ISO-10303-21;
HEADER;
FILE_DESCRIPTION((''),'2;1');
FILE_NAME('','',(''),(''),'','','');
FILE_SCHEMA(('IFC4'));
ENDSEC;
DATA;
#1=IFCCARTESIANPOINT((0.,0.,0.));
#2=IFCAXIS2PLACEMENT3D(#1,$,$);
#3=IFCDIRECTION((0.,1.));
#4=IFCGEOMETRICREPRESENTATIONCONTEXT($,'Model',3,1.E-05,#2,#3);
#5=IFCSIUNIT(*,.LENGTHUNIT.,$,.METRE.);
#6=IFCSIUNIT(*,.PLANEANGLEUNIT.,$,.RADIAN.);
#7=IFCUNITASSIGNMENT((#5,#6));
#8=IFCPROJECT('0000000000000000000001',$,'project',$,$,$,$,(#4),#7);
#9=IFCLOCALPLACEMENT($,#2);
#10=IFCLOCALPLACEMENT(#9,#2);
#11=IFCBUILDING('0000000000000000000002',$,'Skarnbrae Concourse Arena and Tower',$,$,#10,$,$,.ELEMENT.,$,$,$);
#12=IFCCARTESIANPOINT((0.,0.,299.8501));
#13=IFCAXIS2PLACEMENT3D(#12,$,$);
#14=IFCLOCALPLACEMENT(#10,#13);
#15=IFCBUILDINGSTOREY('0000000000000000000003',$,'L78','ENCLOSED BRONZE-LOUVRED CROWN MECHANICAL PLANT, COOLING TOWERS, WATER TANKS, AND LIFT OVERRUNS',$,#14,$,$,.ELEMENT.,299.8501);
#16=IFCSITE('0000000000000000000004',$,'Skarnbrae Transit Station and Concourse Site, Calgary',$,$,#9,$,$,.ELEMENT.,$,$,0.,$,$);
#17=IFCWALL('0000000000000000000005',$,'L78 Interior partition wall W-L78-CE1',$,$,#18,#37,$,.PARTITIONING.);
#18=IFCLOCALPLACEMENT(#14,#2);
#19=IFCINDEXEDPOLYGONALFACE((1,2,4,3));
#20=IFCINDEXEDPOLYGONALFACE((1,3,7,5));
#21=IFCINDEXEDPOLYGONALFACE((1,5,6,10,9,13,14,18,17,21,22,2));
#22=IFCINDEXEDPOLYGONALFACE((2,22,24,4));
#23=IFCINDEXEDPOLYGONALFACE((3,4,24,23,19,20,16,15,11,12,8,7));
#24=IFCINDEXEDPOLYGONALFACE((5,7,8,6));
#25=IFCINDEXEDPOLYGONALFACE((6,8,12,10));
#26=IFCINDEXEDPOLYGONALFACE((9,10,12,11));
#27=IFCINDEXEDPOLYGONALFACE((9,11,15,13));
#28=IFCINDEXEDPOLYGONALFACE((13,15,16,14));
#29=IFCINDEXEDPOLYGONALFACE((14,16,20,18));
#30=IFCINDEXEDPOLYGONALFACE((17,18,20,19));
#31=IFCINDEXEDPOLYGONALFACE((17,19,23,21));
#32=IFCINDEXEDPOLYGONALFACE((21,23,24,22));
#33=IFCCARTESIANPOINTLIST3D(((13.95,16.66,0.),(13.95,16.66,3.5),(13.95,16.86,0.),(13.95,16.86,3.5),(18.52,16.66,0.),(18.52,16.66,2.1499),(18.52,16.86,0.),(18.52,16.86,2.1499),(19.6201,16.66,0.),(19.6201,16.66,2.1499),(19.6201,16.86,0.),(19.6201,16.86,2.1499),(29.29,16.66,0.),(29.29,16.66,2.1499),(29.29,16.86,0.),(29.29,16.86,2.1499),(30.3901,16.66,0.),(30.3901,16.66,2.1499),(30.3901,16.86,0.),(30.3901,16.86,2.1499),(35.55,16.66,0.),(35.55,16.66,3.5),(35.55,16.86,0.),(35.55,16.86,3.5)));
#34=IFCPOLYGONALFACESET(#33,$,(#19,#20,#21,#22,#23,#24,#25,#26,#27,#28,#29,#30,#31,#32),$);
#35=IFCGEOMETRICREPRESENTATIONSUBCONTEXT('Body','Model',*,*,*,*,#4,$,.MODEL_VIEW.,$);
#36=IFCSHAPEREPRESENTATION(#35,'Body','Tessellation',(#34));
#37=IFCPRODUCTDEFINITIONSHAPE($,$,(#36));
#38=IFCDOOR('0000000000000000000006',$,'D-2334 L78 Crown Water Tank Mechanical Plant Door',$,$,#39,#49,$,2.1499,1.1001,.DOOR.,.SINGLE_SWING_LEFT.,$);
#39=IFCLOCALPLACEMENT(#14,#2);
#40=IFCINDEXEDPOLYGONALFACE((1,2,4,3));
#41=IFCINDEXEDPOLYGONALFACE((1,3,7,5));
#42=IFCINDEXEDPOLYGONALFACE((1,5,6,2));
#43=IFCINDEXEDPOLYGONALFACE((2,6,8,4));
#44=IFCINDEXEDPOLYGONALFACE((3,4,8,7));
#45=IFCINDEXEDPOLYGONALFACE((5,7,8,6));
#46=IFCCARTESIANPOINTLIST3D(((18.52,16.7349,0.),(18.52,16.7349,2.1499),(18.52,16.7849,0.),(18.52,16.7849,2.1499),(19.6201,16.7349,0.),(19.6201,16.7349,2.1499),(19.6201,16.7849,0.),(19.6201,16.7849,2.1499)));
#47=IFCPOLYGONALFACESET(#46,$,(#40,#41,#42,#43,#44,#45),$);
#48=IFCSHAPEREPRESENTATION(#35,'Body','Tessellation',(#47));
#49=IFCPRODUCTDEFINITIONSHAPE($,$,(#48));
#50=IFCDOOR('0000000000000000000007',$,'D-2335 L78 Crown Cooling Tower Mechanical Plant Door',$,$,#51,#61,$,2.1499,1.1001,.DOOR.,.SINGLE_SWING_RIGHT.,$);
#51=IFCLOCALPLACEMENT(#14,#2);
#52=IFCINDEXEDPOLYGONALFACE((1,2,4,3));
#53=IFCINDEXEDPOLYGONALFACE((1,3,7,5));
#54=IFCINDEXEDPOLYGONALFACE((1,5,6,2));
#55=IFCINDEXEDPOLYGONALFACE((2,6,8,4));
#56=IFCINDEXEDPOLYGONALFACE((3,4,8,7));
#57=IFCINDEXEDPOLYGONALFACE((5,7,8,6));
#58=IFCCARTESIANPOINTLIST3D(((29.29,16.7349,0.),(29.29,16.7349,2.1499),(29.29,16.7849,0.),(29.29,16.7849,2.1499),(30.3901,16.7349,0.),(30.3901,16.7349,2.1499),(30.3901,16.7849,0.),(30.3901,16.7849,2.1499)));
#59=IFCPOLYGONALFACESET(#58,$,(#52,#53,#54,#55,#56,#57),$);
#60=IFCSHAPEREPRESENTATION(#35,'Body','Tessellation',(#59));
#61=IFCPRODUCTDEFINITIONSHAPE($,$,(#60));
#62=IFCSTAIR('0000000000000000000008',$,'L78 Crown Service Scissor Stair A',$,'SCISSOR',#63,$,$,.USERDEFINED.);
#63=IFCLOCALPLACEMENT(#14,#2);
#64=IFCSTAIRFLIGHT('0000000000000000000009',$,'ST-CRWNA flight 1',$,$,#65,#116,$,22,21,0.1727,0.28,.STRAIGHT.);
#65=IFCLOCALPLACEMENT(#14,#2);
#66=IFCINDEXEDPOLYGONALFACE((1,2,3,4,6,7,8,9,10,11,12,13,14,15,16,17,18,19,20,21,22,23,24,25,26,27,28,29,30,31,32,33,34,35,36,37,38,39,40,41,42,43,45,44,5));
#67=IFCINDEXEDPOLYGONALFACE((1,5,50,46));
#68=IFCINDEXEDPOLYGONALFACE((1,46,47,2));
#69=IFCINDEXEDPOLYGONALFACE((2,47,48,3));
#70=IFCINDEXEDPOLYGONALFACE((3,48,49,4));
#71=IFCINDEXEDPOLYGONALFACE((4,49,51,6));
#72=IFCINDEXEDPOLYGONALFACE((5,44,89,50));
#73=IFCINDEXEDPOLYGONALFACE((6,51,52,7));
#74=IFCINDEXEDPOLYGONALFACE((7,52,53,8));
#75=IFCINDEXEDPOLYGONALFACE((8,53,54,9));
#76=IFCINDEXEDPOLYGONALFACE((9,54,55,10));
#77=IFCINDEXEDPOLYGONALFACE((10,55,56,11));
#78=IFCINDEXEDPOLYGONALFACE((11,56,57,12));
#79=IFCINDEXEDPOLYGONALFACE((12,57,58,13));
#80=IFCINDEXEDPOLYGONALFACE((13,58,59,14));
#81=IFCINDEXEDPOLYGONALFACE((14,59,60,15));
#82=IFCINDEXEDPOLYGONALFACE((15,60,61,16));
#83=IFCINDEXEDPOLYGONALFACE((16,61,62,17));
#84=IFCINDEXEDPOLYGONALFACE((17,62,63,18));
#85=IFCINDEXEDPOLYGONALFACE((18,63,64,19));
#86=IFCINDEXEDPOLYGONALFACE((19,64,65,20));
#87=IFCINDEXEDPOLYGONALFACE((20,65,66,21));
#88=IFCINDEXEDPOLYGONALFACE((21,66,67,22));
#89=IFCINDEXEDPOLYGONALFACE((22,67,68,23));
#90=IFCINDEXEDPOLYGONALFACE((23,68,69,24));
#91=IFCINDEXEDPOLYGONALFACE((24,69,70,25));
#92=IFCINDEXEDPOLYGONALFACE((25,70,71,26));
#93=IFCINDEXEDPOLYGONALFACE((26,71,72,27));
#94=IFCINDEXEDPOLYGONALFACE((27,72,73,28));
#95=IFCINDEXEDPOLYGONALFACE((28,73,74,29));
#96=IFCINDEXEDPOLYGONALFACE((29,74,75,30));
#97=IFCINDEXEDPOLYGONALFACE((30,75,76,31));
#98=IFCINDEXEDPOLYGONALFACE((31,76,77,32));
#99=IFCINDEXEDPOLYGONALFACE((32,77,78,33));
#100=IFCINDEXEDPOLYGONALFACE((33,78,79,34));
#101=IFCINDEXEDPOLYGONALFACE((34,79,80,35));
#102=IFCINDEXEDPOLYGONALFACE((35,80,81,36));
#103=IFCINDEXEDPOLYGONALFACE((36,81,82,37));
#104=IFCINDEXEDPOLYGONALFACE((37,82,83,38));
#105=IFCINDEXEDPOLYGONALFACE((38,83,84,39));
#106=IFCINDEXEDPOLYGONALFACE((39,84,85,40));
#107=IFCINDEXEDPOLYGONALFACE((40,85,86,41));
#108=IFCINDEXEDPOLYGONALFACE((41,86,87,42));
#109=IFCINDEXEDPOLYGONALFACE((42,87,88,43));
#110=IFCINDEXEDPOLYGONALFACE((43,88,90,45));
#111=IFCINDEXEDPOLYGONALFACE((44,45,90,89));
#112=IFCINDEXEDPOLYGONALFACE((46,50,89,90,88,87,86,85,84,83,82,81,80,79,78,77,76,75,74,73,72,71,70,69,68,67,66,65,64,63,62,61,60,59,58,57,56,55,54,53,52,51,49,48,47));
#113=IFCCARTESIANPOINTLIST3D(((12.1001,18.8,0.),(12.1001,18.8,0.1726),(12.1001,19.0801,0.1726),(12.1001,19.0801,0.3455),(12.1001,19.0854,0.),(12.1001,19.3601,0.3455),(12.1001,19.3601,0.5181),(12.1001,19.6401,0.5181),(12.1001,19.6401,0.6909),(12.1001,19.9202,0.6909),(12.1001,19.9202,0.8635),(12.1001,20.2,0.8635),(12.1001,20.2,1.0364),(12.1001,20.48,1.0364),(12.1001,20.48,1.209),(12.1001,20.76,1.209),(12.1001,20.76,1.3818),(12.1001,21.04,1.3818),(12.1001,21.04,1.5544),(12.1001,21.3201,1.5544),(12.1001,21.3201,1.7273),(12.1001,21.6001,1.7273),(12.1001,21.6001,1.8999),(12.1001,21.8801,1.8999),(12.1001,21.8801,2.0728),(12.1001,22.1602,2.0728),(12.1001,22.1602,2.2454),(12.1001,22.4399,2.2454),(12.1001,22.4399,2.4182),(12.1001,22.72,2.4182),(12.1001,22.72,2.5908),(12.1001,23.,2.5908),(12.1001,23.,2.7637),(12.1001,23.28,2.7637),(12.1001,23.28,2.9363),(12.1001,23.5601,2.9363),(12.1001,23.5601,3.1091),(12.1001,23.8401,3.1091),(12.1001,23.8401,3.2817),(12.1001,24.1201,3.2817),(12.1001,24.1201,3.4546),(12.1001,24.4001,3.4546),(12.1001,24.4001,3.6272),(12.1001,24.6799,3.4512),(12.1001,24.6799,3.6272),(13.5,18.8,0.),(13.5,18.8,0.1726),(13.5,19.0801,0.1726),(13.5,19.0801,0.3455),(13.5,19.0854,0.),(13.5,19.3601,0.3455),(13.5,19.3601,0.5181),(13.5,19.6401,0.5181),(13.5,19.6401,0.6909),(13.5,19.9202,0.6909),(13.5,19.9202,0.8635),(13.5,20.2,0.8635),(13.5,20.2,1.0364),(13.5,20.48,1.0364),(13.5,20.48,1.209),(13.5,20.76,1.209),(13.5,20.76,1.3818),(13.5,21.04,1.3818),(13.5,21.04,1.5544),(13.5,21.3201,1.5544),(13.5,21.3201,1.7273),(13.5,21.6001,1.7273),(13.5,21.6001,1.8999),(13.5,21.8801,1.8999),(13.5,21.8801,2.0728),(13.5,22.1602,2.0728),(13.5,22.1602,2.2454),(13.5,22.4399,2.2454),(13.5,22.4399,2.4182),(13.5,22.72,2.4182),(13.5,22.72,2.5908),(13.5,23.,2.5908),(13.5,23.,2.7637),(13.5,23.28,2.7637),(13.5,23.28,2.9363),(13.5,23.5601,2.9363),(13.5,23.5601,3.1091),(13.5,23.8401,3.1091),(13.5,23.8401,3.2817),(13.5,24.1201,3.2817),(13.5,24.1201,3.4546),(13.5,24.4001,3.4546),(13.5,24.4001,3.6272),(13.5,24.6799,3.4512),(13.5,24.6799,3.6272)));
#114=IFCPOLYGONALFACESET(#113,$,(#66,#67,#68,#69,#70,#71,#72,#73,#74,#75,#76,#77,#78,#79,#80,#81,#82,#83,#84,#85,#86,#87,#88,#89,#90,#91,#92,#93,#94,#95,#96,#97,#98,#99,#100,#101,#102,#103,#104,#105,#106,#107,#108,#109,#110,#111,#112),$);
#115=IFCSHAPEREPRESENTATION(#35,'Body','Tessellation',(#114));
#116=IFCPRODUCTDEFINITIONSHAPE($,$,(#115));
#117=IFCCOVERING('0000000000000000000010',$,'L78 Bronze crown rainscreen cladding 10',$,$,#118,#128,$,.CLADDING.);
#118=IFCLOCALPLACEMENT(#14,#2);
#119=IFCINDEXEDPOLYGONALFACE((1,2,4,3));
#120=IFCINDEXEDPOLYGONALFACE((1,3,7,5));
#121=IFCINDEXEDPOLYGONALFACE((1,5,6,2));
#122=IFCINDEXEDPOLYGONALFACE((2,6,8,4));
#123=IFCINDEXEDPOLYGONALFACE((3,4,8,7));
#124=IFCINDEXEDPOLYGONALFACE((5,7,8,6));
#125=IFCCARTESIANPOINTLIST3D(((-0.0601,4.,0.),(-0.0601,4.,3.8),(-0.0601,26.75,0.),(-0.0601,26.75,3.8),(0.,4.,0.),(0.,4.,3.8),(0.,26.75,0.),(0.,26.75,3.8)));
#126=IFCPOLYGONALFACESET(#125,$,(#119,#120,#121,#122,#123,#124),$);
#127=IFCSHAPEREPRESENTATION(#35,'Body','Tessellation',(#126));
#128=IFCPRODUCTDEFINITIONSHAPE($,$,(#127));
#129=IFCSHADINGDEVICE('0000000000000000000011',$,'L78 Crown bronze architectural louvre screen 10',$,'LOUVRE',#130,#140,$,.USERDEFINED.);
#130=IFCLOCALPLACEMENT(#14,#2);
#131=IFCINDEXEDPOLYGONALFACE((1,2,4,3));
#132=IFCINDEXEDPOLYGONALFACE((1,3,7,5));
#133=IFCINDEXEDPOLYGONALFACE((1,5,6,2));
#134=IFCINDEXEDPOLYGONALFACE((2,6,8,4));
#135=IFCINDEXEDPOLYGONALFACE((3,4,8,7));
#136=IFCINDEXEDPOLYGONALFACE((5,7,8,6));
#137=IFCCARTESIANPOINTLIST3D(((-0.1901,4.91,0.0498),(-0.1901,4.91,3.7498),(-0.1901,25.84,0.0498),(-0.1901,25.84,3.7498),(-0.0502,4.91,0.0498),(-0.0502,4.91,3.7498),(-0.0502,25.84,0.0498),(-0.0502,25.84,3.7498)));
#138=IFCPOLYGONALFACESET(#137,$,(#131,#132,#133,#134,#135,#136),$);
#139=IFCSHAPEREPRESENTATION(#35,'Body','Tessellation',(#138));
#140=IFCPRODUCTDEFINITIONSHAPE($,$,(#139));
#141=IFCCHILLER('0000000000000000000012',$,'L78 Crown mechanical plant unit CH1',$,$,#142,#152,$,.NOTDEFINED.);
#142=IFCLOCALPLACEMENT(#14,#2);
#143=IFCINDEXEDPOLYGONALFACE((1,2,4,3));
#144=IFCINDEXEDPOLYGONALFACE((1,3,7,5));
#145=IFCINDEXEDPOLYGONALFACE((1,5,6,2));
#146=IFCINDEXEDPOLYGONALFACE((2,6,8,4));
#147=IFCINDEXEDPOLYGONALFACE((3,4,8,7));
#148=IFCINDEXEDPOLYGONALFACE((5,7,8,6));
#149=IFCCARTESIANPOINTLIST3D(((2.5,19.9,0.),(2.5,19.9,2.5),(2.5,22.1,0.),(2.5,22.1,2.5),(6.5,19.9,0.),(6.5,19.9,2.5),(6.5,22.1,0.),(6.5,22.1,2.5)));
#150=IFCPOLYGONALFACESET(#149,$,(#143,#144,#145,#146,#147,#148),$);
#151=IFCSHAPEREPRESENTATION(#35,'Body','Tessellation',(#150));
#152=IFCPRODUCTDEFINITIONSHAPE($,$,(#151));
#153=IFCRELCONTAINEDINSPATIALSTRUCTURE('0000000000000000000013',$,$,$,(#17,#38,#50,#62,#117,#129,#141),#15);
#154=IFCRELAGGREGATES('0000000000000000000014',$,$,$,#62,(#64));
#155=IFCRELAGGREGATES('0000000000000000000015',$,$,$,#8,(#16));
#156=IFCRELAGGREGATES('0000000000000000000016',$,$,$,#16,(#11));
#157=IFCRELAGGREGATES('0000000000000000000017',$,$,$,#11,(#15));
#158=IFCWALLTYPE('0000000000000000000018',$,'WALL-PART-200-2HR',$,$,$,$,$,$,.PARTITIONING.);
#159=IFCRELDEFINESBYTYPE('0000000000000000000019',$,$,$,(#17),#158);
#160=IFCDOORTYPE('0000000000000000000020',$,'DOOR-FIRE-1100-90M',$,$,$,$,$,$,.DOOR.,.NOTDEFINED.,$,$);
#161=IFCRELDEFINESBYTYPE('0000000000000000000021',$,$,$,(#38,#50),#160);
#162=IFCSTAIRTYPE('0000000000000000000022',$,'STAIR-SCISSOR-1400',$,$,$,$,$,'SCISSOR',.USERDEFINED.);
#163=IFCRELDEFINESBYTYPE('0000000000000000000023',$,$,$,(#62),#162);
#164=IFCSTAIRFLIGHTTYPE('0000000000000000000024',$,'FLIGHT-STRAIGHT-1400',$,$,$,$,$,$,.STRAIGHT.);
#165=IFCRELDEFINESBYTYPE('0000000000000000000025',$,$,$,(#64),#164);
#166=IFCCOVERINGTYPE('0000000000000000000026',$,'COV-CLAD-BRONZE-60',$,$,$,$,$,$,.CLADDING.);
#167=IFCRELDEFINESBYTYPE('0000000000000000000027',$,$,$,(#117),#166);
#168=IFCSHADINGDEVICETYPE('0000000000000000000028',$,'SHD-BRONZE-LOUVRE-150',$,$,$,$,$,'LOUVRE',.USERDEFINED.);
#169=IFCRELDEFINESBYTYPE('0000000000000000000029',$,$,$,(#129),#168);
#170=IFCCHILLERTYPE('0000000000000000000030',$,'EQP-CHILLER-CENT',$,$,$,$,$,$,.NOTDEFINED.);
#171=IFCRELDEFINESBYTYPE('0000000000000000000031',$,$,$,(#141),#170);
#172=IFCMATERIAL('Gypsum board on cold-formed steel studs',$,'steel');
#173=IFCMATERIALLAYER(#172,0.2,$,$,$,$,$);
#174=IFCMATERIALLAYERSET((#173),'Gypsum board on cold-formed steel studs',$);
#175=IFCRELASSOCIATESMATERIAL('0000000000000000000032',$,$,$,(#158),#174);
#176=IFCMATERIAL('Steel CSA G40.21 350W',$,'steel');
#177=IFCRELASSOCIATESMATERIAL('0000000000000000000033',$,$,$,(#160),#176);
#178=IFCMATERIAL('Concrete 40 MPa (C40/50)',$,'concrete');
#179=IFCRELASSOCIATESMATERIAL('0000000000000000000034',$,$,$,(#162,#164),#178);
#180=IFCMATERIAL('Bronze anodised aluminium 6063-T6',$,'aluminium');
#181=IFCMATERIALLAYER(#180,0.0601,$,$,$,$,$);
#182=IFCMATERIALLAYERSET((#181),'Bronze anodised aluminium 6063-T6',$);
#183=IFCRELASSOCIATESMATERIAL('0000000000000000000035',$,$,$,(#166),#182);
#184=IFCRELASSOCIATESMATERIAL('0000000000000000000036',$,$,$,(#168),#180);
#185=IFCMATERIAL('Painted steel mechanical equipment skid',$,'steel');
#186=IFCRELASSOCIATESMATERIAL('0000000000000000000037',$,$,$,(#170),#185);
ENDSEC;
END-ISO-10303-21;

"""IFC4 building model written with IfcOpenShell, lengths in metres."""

from ifc_helpers import new_model, si_unit, direction, frame, frame_2d, origin, origin_2d, place, context, subcontext, project, spatial, polyline, rectangle, outline, extrude, source, transform, mapped, material, layer, layer_set, type_object, element, fill, aggregate, save


model = new_model("IFC4")

# Units and contexts
model_context = context("Model", 3, precision=1e-05, world=origin(), true_north=direction((0.0, 1.0)))
body_context = subcontext(model_context, "Body", "Model", "MODEL_VIEW")
ifc_project = project(units=[si_unit("LENGTHUNIT", "METRE"), si_unit("PLANEANGLEUNIT", "RADIAN")], contexts=[model_context])

# Site, building, storey
site_placement = place(None, origin())
site = spatial("IfcSite", under=ifc_project, at=site_placement, Name="Skarnbrae Transit Station and Concourse Site, Calgary", CompositionType="ELEMENT", RefElevation=0.0)
building_placement = place(site_placement, origin())
building = spatial("IfcBuilding", under=site, at=building_placement, Name="Skarnbrae Concourse Arena and Tower", CompositionType="ELEMENT")
storey_placement = place(building_placement, frame((0.0, 0.0, 299.8501)))
storey = spatial("IfcBuildingStorey", under=building, at=storey_placement, Name="L78", Description="ENCLOSED BRONZE-LOUVRED CROWN MECHANICAL PLANT, COOLING TOWERS, WATER TANKS, AND LIFT OVERRUNS", CompositionType="ELEMENT", Elevation=299.8501)

# Shared definitions
ifc_material_1 = material(Name="Steel CSA G40.21 350W", Category="steel")

# Shared definitions
ifc_material_2 = material(Name="Gypsum board on cold-formed steel studs", Category="steel")
ifc_layer_1 = layer(ifc_material_2, 0.2)
ifc_layer_set_1 = layer_set([ifc_layer_1], Name="Gypsum board on cold-formed steel studs")
wall_type_1 = type_object("IfcWallType", Name="WALL-PART-200-2HR", PredefinedType="PARTITIONING", material=ifc_layer_set_1)

# Shared definitions
door_type = type_object("IfcDoorType", Name="DOOR-FIRE-1100-90M", OperationType="NOTDEFINED", PredefinedType="DOOR", material=ifc_material_1)
shared_shape_1 = source(origin(), body_context, "Body", "SweptSolid", [
    extrude(rectangle(XDim=1.1001, YDim=2.1499, at=frame_2d((0.55, 1.075))), frame((0.0, 0.0249, 0.0), z_axis=(0.0, -1.0, 0.0), x_axis=(1.0, 0.0, 0.0)), (0.0, 0.0, 1.0), 0.05),
])

# Wall, openings, doors
shared_shape_2 = source(origin(), body_context, "Body", "SweptSolid", [
    extrude(rectangle(XDim=21.6001, YDim=0.2, at=frame_2d((10.8, 0.0))), origin(), (0.0, 0.0, 1.0), 3.5),
])
wall_1_placement = place(storey_placement, frame((13.95, 16.76, 0.0), z_axis=(0.0, 0.0, 1.0), x_axis=(1.0, 0.0, 0.0)))
wall_1 = element("IfcWall", 1, at=wall_1_placement, inside=storey, type_object=wall_type_1, Name="L78 Interior partition wall W-L78-CE1", PredefinedType="PARTITIONING", context=body_context, shape_type="MappedRepresentation", body=[
    mapped(shared_shape_2, transform((0.0, 0.0, 0.0))),
])
opening_1_placement = place(wall_1_placement, frame((4.5701, 0.0, 0.0)))
opening_1 = element("IfcOpeningElement", 2, at=opening_1_placement, cuts=wall_1, PredefinedType="OPENING", context=body_context, shape_type="SweptSolid", body=[
    extrude(rectangle(XDim=1.1001, YDim=2.1499, at=frame_2d((0.55, 1.075))), frame((0.0, 0.1099, 0.0), z_axis=(0.0, -1.0, 0.0), x_axis=(1.0, 0.0, 0.0)), (0.0, 0.0, 1.0), 0.22),
])
opening_2_placement = place(wall_1_placement, frame((15.3401, 0.0, 0.0)))
opening_2 = element("IfcOpeningElement", 3, at=opening_2_placement, cuts=wall_1, PredefinedType="OPENING", context=body_context, shape_type="SweptSolid", body=[
    extrude(rectangle(XDim=1.1001, YDim=2.1499, at=frame_2d((0.55, 1.075))), frame((0.0, 0.1099, 0.0), z_axis=(0.0, -1.0, 0.0), x_axis=(1.0, 0.0, 0.0)), (0.0, 0.0, 1.0), 0.22),
])
door_1_placement = place(opening_1_placement, origin())
door_1 = element("IfcDoor", 4, at=door_1_placement, inside=storey, type_object=door_type, Name="D-2334 L78 Crown Water Tank Mechanical Plant Door", OperationType="SINGLE_SWING_LEFT", OverallHeight=2.1499, OverallWidth=1.1001, PredefinedType="DOOR", context=body_context, shape_type="MappedRepresentation", body=[
    mapped(shared_shape_1, transform((0.0, 0.0, 0.0))),
])
fill(opening_1, door_1)
door_2_placement = place(opening_2_placement, origin())
door_2 = element("IfcDoor", 5, at=door_2_placement, inside=storey, type_object=door_type, Name="D-2335 L78 Crown Cooling Tower Mechanical Plant Door", OperationType="SINGLE_SWING_RIGHT", OverallHeight=2.1499, OverallWidth=1.1001, PredefinedType="DOOR", context=body_context, shape_type="MappedRepresentation", body=[
    mapped(shared_shape_1, transform((0.0, 0.0, 0.0))),
])
fill(opening_2, door_2)

# Stair, stair flight
ifc_material_3 = material(Name="Concrete 40 MPa (C40/50)", Category="concrete")
stair_type = type_object("IfcStairType", Name="STAIR-SCISSOR-1400", ElementType="SCISSOR", PredefinedType="USERDEFINED", material=ifc_material_3)
stair_placement = place(storey_placement, origin())
stair = element("IfcStair", 6, at=stair_placement, inside=storey, type_object=stair_type, Name="L78 Crown Service Scissor Stair A", ObjectType="SCISSOR", PredefinedType="USERDEFINED")
stair_flight_type = type_object("IfcStairFlightType", Name="FLIGHT-STRAIGHT-1400", PredefinedType="STRAIGHT", material=ifc_material_3)
shared_shape_3 = source(origin(), body_context, "Body", "SweptSolid", [
    extrude(outline(polyline([(0.0, 0.0), (0.0, 0.1726), (0.28, 0.1726), (0.28, 0.3455), (0.5601, 0.3455), (0.5601, 0.5181), (0.8401, 0.5181), (0.8401, 0.6909), (1.1201, 0.6909), (1.1201, 0.8635), (1.3999, 0.8635), (1.3999, 1.0364), (1.6799, 1.0364), (1.6799, 1.209), (1.96, 1.209), (1.96, 1.3818), (2.24, 1.3818), (2.24, 1.5544), (2.52, 1.5544), (2.52, 1.7273), (2.8, 1.7273), (2.8, 1.8999), (3.0801, 1.8999), (3.0801, 2.0728), (3.3601, 2.0728), (3.3601, 2.2454), (3.6399, 2.2454), (3.6399, 2.4182), (3.9199, 2.4182), (3.9199, 2.5908), (4.2, 2.5908), (4.2, 2.7637), (4.48, 2.7637), (4.48, 2.9363), (4.76, 2.9363), (4.76, 3.1091), (5.04, 3.1091), (5.04, 3.2817), (5.3201, 3.2817), (5.3201, 3.4546), (5.6001, 3.4546), (5.6001, 3.6272), (5.8799, 3.6272), (5.8799, 3.8), (5.8799, 3.4512), (0.2854, 0.0), (0.0, 0.0)])), frame((0.0, 0.7, 0.0), z_axis=(0.0, -1.0, 0.0), x_axis=(1.0, 0.0, 0.0)), (0.0, 0.0, 1.0), 1.3999),
])
stair_flight_placement = place(storey_placement, frame((12.8, 18.8, 0.0), z_axis=(0.0, 0.0, 1.0), x_axis=(0.0, 1.0, 0.0)))
stair_flight = element("IfcStairFlight", 7, at=stair_flight_placement, type_object=stair_flight_type, Name="ST-CRWNA flight 1", NumberOfRisers=22, NumberOfTreads=21, PredefinedType="STRAIGHT", RiserHeight=0.1727, TreadLength=0.28, context=body_context, shape_type="MappedRepresentation", body=[
    mapped(shared_shape_3, transform((0.0, 0.0, 0.0))),
])
aggregate(stair, [stair_flight])

# Covering
ifc_material_4 = material(Name="Bronze anodised aluminium 6063-T6", Category="aluminium")
ifc_layer_2 = layer(ifc_material_4, 0.0601)
ifc_layer_set_2 = layer_set([ifc_layer_2], Name="Bronze anodised aluminium 6063-T6")
covering_type = type_object("IfcCoveringType", Name="COV-CLAD-BRONZE-60", PredefinedType="CLADDING", material=ifc_layer_set_2)
shared_shape_4 = source(origin(), body_context, "Body", "SweptSolid", [
    extrude(rectangle(XDim=22.75, YDim=0.0601, at=origin_2d()), origin(), (0.0, 0.0, 1.0), 3.8),
])
covering_placement = place(storey_placement, frame((-0.03, 15.375, 0.0), z_axis=(0.0, 0.0, 1.0), x_axis=(0.0, -1.0, 0.0)))
element("IfcCovering", 8, at=covering_placement, inside=storey, type_object=covering_type, Name="L78 Bronze crown rainscreen cladding 10", PredefinedType="CLADDING", context=body_context, shape_type="MappedRepresentation", body=[
    mapped(shared_shape_4, transform((0.0, 0.0, 0.0))),
])

# Shading device
shading_device_type = type_object("IfcShadingDeviceType", Name="SHD-BRONZE-LOUVRE-150", ElementType="LOUVRE", PredefinedType="USERDEFINED", material=ifc_material_4)
shared_shape_5 = source(origin(), body_context, "Body", "SweptSolid", [
    extrude(rectangle(XDim=20.9299, YDim=0.1399, at=origin_2d()), origin(), (0.0, 0.0, 1.0), 3.7),
])
shading_device_placement = place(storey_placement, frame((-0.1201, 15.375, 0.0498), z_axis=(0.0, 0.0, 1.0), x_axis=(0.0, -1.0, 0.0)))
element("IfcShadingDevice", 9, at=shading_device_placement, inside=storey, type_object=shading_device_type, Name="L78 Crown bronze architectural louvre screen 10", ObjectType="LOUVRE", PredefinedType="USERDEFINED", context=body_context, shape_type="MappedRepresentation", body=[
    mapped(shared_shape_5, transform((0.0, 0.0, 0.0))),
])

# Chiller
ifc_material_5 = material(Name="Painted steel mechanical equipment skid", Category="steel")
chiller_type = type_object("IfcChillerType", Name="EQP-CHILLER-CENT", PredefinedType="NOTDEFINED", material=ifc_material_5)
shared_shape_6 = source(origin(), body_context, "Body", "SweptSolid", [
    extrude(rectangle(XDim=4.0, YDim=2.2, at=origin_2d()), origin(), (0.0, 0.0, 1.0), 2.5),
])
chiller_placement = place(storey_placement, frame((4.5, 21.0, 0.0), z_axis=(0.0, 0.0, 1.0), x_axis=(1.0, 0.0, 0.0)))
element("IfcChiller", 10, at=chiller_placement, inside=storey, type_object=chiller_type, Name="L78 Crown mechanical plant unit CH1", PredefinedType="NOTDEFINED", context=body_context, shape_type="MappedRepresentation", body=[
    mapped(shared_shape_6, transform((0.0, 0.0, 0.0))),
])

save(model, "model.ifc")
